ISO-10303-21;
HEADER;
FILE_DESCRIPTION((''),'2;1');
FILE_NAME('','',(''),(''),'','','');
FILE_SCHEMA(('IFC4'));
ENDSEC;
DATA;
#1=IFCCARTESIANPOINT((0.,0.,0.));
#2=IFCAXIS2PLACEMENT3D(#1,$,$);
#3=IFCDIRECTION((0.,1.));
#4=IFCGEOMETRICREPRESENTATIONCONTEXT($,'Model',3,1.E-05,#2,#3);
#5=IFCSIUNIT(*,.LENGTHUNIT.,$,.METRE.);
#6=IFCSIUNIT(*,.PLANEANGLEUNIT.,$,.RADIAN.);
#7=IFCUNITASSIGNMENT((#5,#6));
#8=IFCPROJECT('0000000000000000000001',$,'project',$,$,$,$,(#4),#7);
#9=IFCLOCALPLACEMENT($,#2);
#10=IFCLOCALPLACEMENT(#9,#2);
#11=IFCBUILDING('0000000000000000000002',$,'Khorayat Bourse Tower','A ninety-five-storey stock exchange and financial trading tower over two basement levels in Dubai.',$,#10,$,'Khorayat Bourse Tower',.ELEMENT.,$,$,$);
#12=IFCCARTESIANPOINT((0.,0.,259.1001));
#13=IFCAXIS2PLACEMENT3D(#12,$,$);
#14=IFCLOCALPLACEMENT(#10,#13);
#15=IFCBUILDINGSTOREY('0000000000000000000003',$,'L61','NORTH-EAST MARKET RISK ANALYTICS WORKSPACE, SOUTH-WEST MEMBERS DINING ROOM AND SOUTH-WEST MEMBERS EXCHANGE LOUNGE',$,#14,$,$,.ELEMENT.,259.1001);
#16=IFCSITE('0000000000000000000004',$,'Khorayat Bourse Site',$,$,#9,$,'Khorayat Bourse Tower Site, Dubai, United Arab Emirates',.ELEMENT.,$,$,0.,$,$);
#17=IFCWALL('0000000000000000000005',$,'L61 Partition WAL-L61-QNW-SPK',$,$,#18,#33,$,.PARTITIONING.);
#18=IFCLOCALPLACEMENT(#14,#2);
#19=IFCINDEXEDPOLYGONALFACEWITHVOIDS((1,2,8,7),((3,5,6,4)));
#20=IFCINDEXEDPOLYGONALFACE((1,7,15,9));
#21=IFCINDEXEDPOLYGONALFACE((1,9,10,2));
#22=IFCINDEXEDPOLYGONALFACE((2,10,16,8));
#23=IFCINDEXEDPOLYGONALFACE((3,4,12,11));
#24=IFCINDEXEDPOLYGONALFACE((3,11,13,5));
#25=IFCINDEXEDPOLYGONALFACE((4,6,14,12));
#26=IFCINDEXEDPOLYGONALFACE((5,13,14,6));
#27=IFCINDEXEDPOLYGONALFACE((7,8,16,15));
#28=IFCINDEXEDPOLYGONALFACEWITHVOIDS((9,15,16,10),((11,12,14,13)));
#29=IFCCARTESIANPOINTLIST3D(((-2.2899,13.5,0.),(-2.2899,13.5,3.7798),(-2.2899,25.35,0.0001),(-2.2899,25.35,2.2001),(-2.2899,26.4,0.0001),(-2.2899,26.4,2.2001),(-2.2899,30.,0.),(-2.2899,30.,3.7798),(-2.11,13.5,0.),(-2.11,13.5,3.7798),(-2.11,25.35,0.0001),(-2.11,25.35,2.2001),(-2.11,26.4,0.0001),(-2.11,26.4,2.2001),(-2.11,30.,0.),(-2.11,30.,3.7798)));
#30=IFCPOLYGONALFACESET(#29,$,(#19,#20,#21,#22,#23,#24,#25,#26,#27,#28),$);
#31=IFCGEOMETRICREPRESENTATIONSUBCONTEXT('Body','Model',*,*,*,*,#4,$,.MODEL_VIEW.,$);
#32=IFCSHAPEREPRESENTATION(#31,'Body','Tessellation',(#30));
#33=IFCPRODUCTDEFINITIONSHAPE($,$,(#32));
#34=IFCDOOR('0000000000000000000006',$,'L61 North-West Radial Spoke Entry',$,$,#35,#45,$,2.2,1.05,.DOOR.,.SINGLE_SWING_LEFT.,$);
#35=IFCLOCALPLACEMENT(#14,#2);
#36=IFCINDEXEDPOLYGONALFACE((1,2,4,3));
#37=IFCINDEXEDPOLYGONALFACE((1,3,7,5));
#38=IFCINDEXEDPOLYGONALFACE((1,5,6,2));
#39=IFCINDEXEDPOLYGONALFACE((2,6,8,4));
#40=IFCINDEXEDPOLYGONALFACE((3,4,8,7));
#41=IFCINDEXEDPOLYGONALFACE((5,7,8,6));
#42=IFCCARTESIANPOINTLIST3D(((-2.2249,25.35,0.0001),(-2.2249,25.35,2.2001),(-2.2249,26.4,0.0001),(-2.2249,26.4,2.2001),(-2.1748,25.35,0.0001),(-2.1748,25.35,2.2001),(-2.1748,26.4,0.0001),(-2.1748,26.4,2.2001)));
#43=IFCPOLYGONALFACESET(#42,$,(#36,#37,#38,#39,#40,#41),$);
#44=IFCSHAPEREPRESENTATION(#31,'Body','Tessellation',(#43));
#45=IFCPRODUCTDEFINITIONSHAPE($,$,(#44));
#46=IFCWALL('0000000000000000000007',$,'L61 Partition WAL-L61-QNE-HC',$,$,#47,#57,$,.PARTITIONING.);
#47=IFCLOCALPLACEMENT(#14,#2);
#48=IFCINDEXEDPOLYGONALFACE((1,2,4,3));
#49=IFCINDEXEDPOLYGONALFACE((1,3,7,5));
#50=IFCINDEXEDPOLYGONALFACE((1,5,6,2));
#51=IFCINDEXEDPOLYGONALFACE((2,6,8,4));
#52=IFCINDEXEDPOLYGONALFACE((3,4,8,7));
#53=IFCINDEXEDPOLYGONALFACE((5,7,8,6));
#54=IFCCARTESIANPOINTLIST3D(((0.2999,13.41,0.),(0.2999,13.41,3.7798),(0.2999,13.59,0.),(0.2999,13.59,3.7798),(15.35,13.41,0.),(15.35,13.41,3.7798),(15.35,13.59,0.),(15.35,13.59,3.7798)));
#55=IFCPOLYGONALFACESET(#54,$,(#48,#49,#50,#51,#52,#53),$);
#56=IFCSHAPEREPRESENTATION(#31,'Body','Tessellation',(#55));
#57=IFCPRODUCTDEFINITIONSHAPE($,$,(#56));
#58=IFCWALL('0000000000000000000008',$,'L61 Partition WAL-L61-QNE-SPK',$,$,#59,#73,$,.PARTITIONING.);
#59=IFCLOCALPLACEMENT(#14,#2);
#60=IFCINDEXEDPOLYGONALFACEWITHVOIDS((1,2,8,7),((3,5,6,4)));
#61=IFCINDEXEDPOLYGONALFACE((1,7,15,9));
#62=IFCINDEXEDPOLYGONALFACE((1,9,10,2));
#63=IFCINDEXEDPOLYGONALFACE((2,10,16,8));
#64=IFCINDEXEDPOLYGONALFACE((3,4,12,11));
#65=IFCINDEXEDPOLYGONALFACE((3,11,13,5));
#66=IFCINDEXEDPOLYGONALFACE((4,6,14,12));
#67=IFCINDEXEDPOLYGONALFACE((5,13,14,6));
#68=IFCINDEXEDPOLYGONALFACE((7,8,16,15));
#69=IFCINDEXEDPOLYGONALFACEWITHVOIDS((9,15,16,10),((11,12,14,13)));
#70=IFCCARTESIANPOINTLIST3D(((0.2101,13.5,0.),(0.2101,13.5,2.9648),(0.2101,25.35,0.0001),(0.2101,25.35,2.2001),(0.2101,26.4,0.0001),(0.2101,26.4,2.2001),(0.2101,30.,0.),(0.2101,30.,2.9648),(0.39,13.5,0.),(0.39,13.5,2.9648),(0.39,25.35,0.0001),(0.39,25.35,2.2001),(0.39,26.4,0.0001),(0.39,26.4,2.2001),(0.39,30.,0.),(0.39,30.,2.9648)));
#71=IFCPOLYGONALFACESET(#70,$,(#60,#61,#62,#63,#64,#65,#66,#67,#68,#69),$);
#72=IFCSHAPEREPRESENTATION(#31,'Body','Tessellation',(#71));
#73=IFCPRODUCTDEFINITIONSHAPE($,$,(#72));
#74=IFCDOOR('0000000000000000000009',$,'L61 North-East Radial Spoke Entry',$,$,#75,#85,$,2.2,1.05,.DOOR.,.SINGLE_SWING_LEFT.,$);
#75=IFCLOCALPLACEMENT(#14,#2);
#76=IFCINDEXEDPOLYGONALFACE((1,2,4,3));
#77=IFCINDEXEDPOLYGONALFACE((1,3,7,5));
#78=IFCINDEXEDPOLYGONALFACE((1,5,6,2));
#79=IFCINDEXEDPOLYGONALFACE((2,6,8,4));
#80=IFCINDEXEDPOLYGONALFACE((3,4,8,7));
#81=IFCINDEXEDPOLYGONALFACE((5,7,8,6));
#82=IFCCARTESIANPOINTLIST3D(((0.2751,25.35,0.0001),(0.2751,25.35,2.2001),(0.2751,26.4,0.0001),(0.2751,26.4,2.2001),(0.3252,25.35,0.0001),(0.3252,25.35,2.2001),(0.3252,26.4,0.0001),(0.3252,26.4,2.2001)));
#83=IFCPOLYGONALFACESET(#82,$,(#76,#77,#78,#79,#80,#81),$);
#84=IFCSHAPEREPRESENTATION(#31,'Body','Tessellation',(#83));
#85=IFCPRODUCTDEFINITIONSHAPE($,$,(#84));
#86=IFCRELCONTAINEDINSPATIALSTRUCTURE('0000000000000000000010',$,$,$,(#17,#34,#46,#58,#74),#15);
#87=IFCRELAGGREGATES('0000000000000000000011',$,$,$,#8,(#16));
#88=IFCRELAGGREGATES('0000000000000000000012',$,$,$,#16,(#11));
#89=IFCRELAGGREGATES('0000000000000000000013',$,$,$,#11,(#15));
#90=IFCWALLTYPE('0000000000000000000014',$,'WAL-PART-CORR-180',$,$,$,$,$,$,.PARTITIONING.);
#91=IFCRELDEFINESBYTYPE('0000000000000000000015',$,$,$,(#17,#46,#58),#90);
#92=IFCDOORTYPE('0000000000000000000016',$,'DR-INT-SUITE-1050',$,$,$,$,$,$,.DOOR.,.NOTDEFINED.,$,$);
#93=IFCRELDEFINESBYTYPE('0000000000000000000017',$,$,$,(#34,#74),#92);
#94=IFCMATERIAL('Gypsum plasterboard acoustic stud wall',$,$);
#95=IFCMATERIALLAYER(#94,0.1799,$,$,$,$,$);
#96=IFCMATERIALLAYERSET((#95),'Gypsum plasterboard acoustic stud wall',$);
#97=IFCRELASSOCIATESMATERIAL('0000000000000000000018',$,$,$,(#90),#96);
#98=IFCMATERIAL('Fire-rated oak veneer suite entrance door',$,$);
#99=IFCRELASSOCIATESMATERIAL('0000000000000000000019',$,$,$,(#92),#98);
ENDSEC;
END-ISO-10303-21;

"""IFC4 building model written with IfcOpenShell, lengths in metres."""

from ifc_helpers import new_model, si_unit, direction, frame, frame_2d, origin, place, context, subcontext, project, spatial, rectangle, extrude, source, transform, mapped, material, layer, layer_set, type_object, element, fill, save


model = new_model("IFC4")

# Units and contexts
model_context = context("Model", 3, precision=1e-05, world=origin(), true_north=direction((0.0, 1.0)))
body_context = subcontext(model_context, "Body", "Model", "MODEL_VIEW")
ifc_project = project(units=[si_unit("LENGTHUNIT", "METRE"), si_unit("PLANEANGLEUNIT", "RADIAN")], contexts=[model_context])

# Site, building, storey
site_placement = place(None, origin())
site = spatial("IfcSite", under=ifc_project, at=site_placement, Name="Khorayat Bourse Site", LongName="Khorayat Bourse Tower Site, Dubai, United Arab Emirates", CompositionType="ELEMENT", RefElevation=0.0)
building_placement = place(site_placement, origin())
building = spatial("IfcBuilding", under=site, at=building_placement, Name="Khorayat Bourse Tower", Description="A ninety-five-storey stock exchange and financial trading tower over two basement levels in Dubai.", LongName="Khorayat Bourse Tower", CompositionType="ELEMENT")
storey_placement = place(building_placement, frame((0.0, 0.0, 259.1001)))
storey = spatial("IfcBuildingStorey", under=building, at=storey_placement, Name="L61", Description="NORTH-EAST MARKET RISK ANALYTICS WORKSPACE, SOUTH-WEST MEMBERS DINING ROOM AND SOUTH-WEST MEMBERS EXCHANGE LOUNGE", CompositionType="ELEMENT", Elevation=259.1001)

# Wall, opening, door
ifc_material_1 = material(Name="Gypsum plasterboard acoustic stud wall")
ifc_layer_1 = layer(ifc_material_1, 0.1799)
ifc_layer_set_1 = layer_set([ifc_layer_1], Name="Gypsum plasterboard acoustic stud wall")
wall_type = type_object("IfcWallType", Name="WAL-PART-CORR-180", PredefinedType="PARTITIONING", material=ifc_layer_set_1)
shared_shape_1 = source(origin(), body_context, "Body", "SweptSolid", [
    extrude(rectangle(XDim=16.5, YDim=0.1799, at=frame_2d((8.25, 0.0))), origin(), (0.0, 0.0, 1.0), 3.7798),
])
wall_1_placement = place(storey_placement, frame((-2.2, 13.5, 0.0), z_axis=(0.0, 0.0, 1.0), x_axis=(0.0, 1.0, 0.0)))
wall_1 = element("IfcWall", 1, at=wall_1_placement, inside=storey, type_object=wall_type, Name="L61 Partition WAL-L61-QNW-SPK", PredefinedType="PARTITIONING", context=body_context, shape_type="MappedRepresentation", body=[
    mapped(shared_shape_1, transform((0.0, 0.0, 0.0), scale=1.0)),
])
shared_shape_2 = source(origin(), body_context, "Body", "SweptSolid", [
    extrude(rectangle(XDim=1.05, YDim=2.2, at=frame_2d((0.5249, 1.1001))), frame((0.0, 0.0999, 0.0), z_axis=(0.0, -1.0, 0.0), x_axis=(1.0, 0.0, 0.0)), (0.0, 0.0, 1.0), 0.2),
])
opening_1_placement = place(wall_1_placement, frame((11.8501, 0.0, 0.0)))
opening_1 = element("IfcOpeningElement", 2, at=opening_1_placement, cuts=wall_1, PredefinedType="OPENING", context=body_context, shape_type="MappedRepresentation", body=[
    mapped(shared_shape_2, transform((0.0, 0.0, 0.0), scale=1.0)),
])
ifc_material_2 = material(Name="Fire-rated oak veneer suite entrance door")
door_type = type_object("IfcDoorType", Name="DR-INT-SUITE-1050", OperationType="NOTDEFINED", PredefinedType="DOOR", material=ifc_material_2)
shared_shape_3 = source(origin(), body_context, "Body", "SweptSolid", [
    extrude(rectangle(XDim=1.05, YDim=2.2, at=frame_2d((0.5249, 1.1001))), frame((0.0, 0.0249, 0.0), z_axis=(0.0, -1.0, 0.0), x_axis=(1.0, 0.0, 0.0)), (0.0, 0.0, 1.0), 0.05),
])
door_1_placement = place(opening_1_placement, origin())
door_1 = element("IfcDoor", 3, at=door_1_placement, inside=storey, type_object=door_type, Name="L61 North-West Radial Spoke Entry", OperationType="SINGLE_SWING_LEFT", OverallHeight=2.2, OverallWidth=1.05, PredefinedType="DOOR", context=body_context, shape_type="MappedRepresentation", body=[
    mapped(shared_shape_3, transform((0.0, 0.0, 0.0), scale=1.0)),
])
fill(opening_1, door_1)

# Wall
shared_shape_4 = source(origin(), body_context, "Body", "SweptSolid", [
    extrude(rectangle(XDim=15.05, YDim=0.1799, at=frame_2d((7.5249, 0.0))), origin(), (0.0, 0.0, 1.0), 3.7798),
])
wall_2_placement = place(storey_placement, frame((0.3, 13.5, 0.0), z_axis=(0.0, 0.0, 1.0), x_axis=(1.0, 0.0, 0.0)))
element("IfcWall", 4, at=wall_2_placement, inside=storey, type_object=wall_type, Name="L61 Partition WAL-L61-QNE-HC", PredefinedType="PARTITIONING", context=body_context, shape_type="MappedRepresentation", body=[
    mapped(shared_shape_4, transform((0.0, 0.0, 0.0), scale=1.0)),
])

# Wall, opening, door
shared_shape_5 = source(origin(), body_context, "Body", "SweptSolid", [
    extrude(rectangle(XDim=16.5, YDim=0.1799, at=frame_2d((8.25, 0.0))), origin(), (0.0, 0.0, 1.0), 2.9648),
])
wall_3_placement = place(storey_placement, frame((0.3, 13.5, 0.0), z_axis=(0.0, 0.0, 1.0), x_axis=(0.0, 1.0, 0.0)))
wall_3 = element("IfcWall", 5, at=wall_3_placement, inside=storey, type_object=wall_type, Name="L61 Partition WAL-L61-QNE-SPK", PredefinedType="PARTITIONING", context=body_context, shape_type="MappedRepresentation", body=[
    mapped(shared_shape_5, transform((0.0, 0.0, 0.0), scale=1.0)),
])
opening_2_placement = place(wall_3_placement, frame((11.8501, 0.0, 0.0)))
opening_2 = element("IfcOpeningElement", 6, at=opening_2_placement, cuts=wall_3, PredefinedType="OPENING", context=body_context, shape_type="MappedRepresentation", body=[
    mapped(shared_shape_2, transform((0.0, 0.0, 0.0), scale=1.0)),
])
door_2_placement = place(opening_2_placement, origin())
door_2 = element("IfcDoor", 7, at=door_2_placement, inside=storey, type_object=door_type, Name="L61 North-East Radial Spoke Entry", OperationType="SINGLE_SWING_LEFT", OverallHeight=2.2, OverallWidth=1.05, PredefinedType="DOOR", context=body_context, shape_type="MappedRepresentation", body=[
    mapped(shared_shape_3, transform((0.0, 0.0, 0.0), scale=1.0)),
])
fill(opening_2, door_2)

save(model, "model.ifc")
